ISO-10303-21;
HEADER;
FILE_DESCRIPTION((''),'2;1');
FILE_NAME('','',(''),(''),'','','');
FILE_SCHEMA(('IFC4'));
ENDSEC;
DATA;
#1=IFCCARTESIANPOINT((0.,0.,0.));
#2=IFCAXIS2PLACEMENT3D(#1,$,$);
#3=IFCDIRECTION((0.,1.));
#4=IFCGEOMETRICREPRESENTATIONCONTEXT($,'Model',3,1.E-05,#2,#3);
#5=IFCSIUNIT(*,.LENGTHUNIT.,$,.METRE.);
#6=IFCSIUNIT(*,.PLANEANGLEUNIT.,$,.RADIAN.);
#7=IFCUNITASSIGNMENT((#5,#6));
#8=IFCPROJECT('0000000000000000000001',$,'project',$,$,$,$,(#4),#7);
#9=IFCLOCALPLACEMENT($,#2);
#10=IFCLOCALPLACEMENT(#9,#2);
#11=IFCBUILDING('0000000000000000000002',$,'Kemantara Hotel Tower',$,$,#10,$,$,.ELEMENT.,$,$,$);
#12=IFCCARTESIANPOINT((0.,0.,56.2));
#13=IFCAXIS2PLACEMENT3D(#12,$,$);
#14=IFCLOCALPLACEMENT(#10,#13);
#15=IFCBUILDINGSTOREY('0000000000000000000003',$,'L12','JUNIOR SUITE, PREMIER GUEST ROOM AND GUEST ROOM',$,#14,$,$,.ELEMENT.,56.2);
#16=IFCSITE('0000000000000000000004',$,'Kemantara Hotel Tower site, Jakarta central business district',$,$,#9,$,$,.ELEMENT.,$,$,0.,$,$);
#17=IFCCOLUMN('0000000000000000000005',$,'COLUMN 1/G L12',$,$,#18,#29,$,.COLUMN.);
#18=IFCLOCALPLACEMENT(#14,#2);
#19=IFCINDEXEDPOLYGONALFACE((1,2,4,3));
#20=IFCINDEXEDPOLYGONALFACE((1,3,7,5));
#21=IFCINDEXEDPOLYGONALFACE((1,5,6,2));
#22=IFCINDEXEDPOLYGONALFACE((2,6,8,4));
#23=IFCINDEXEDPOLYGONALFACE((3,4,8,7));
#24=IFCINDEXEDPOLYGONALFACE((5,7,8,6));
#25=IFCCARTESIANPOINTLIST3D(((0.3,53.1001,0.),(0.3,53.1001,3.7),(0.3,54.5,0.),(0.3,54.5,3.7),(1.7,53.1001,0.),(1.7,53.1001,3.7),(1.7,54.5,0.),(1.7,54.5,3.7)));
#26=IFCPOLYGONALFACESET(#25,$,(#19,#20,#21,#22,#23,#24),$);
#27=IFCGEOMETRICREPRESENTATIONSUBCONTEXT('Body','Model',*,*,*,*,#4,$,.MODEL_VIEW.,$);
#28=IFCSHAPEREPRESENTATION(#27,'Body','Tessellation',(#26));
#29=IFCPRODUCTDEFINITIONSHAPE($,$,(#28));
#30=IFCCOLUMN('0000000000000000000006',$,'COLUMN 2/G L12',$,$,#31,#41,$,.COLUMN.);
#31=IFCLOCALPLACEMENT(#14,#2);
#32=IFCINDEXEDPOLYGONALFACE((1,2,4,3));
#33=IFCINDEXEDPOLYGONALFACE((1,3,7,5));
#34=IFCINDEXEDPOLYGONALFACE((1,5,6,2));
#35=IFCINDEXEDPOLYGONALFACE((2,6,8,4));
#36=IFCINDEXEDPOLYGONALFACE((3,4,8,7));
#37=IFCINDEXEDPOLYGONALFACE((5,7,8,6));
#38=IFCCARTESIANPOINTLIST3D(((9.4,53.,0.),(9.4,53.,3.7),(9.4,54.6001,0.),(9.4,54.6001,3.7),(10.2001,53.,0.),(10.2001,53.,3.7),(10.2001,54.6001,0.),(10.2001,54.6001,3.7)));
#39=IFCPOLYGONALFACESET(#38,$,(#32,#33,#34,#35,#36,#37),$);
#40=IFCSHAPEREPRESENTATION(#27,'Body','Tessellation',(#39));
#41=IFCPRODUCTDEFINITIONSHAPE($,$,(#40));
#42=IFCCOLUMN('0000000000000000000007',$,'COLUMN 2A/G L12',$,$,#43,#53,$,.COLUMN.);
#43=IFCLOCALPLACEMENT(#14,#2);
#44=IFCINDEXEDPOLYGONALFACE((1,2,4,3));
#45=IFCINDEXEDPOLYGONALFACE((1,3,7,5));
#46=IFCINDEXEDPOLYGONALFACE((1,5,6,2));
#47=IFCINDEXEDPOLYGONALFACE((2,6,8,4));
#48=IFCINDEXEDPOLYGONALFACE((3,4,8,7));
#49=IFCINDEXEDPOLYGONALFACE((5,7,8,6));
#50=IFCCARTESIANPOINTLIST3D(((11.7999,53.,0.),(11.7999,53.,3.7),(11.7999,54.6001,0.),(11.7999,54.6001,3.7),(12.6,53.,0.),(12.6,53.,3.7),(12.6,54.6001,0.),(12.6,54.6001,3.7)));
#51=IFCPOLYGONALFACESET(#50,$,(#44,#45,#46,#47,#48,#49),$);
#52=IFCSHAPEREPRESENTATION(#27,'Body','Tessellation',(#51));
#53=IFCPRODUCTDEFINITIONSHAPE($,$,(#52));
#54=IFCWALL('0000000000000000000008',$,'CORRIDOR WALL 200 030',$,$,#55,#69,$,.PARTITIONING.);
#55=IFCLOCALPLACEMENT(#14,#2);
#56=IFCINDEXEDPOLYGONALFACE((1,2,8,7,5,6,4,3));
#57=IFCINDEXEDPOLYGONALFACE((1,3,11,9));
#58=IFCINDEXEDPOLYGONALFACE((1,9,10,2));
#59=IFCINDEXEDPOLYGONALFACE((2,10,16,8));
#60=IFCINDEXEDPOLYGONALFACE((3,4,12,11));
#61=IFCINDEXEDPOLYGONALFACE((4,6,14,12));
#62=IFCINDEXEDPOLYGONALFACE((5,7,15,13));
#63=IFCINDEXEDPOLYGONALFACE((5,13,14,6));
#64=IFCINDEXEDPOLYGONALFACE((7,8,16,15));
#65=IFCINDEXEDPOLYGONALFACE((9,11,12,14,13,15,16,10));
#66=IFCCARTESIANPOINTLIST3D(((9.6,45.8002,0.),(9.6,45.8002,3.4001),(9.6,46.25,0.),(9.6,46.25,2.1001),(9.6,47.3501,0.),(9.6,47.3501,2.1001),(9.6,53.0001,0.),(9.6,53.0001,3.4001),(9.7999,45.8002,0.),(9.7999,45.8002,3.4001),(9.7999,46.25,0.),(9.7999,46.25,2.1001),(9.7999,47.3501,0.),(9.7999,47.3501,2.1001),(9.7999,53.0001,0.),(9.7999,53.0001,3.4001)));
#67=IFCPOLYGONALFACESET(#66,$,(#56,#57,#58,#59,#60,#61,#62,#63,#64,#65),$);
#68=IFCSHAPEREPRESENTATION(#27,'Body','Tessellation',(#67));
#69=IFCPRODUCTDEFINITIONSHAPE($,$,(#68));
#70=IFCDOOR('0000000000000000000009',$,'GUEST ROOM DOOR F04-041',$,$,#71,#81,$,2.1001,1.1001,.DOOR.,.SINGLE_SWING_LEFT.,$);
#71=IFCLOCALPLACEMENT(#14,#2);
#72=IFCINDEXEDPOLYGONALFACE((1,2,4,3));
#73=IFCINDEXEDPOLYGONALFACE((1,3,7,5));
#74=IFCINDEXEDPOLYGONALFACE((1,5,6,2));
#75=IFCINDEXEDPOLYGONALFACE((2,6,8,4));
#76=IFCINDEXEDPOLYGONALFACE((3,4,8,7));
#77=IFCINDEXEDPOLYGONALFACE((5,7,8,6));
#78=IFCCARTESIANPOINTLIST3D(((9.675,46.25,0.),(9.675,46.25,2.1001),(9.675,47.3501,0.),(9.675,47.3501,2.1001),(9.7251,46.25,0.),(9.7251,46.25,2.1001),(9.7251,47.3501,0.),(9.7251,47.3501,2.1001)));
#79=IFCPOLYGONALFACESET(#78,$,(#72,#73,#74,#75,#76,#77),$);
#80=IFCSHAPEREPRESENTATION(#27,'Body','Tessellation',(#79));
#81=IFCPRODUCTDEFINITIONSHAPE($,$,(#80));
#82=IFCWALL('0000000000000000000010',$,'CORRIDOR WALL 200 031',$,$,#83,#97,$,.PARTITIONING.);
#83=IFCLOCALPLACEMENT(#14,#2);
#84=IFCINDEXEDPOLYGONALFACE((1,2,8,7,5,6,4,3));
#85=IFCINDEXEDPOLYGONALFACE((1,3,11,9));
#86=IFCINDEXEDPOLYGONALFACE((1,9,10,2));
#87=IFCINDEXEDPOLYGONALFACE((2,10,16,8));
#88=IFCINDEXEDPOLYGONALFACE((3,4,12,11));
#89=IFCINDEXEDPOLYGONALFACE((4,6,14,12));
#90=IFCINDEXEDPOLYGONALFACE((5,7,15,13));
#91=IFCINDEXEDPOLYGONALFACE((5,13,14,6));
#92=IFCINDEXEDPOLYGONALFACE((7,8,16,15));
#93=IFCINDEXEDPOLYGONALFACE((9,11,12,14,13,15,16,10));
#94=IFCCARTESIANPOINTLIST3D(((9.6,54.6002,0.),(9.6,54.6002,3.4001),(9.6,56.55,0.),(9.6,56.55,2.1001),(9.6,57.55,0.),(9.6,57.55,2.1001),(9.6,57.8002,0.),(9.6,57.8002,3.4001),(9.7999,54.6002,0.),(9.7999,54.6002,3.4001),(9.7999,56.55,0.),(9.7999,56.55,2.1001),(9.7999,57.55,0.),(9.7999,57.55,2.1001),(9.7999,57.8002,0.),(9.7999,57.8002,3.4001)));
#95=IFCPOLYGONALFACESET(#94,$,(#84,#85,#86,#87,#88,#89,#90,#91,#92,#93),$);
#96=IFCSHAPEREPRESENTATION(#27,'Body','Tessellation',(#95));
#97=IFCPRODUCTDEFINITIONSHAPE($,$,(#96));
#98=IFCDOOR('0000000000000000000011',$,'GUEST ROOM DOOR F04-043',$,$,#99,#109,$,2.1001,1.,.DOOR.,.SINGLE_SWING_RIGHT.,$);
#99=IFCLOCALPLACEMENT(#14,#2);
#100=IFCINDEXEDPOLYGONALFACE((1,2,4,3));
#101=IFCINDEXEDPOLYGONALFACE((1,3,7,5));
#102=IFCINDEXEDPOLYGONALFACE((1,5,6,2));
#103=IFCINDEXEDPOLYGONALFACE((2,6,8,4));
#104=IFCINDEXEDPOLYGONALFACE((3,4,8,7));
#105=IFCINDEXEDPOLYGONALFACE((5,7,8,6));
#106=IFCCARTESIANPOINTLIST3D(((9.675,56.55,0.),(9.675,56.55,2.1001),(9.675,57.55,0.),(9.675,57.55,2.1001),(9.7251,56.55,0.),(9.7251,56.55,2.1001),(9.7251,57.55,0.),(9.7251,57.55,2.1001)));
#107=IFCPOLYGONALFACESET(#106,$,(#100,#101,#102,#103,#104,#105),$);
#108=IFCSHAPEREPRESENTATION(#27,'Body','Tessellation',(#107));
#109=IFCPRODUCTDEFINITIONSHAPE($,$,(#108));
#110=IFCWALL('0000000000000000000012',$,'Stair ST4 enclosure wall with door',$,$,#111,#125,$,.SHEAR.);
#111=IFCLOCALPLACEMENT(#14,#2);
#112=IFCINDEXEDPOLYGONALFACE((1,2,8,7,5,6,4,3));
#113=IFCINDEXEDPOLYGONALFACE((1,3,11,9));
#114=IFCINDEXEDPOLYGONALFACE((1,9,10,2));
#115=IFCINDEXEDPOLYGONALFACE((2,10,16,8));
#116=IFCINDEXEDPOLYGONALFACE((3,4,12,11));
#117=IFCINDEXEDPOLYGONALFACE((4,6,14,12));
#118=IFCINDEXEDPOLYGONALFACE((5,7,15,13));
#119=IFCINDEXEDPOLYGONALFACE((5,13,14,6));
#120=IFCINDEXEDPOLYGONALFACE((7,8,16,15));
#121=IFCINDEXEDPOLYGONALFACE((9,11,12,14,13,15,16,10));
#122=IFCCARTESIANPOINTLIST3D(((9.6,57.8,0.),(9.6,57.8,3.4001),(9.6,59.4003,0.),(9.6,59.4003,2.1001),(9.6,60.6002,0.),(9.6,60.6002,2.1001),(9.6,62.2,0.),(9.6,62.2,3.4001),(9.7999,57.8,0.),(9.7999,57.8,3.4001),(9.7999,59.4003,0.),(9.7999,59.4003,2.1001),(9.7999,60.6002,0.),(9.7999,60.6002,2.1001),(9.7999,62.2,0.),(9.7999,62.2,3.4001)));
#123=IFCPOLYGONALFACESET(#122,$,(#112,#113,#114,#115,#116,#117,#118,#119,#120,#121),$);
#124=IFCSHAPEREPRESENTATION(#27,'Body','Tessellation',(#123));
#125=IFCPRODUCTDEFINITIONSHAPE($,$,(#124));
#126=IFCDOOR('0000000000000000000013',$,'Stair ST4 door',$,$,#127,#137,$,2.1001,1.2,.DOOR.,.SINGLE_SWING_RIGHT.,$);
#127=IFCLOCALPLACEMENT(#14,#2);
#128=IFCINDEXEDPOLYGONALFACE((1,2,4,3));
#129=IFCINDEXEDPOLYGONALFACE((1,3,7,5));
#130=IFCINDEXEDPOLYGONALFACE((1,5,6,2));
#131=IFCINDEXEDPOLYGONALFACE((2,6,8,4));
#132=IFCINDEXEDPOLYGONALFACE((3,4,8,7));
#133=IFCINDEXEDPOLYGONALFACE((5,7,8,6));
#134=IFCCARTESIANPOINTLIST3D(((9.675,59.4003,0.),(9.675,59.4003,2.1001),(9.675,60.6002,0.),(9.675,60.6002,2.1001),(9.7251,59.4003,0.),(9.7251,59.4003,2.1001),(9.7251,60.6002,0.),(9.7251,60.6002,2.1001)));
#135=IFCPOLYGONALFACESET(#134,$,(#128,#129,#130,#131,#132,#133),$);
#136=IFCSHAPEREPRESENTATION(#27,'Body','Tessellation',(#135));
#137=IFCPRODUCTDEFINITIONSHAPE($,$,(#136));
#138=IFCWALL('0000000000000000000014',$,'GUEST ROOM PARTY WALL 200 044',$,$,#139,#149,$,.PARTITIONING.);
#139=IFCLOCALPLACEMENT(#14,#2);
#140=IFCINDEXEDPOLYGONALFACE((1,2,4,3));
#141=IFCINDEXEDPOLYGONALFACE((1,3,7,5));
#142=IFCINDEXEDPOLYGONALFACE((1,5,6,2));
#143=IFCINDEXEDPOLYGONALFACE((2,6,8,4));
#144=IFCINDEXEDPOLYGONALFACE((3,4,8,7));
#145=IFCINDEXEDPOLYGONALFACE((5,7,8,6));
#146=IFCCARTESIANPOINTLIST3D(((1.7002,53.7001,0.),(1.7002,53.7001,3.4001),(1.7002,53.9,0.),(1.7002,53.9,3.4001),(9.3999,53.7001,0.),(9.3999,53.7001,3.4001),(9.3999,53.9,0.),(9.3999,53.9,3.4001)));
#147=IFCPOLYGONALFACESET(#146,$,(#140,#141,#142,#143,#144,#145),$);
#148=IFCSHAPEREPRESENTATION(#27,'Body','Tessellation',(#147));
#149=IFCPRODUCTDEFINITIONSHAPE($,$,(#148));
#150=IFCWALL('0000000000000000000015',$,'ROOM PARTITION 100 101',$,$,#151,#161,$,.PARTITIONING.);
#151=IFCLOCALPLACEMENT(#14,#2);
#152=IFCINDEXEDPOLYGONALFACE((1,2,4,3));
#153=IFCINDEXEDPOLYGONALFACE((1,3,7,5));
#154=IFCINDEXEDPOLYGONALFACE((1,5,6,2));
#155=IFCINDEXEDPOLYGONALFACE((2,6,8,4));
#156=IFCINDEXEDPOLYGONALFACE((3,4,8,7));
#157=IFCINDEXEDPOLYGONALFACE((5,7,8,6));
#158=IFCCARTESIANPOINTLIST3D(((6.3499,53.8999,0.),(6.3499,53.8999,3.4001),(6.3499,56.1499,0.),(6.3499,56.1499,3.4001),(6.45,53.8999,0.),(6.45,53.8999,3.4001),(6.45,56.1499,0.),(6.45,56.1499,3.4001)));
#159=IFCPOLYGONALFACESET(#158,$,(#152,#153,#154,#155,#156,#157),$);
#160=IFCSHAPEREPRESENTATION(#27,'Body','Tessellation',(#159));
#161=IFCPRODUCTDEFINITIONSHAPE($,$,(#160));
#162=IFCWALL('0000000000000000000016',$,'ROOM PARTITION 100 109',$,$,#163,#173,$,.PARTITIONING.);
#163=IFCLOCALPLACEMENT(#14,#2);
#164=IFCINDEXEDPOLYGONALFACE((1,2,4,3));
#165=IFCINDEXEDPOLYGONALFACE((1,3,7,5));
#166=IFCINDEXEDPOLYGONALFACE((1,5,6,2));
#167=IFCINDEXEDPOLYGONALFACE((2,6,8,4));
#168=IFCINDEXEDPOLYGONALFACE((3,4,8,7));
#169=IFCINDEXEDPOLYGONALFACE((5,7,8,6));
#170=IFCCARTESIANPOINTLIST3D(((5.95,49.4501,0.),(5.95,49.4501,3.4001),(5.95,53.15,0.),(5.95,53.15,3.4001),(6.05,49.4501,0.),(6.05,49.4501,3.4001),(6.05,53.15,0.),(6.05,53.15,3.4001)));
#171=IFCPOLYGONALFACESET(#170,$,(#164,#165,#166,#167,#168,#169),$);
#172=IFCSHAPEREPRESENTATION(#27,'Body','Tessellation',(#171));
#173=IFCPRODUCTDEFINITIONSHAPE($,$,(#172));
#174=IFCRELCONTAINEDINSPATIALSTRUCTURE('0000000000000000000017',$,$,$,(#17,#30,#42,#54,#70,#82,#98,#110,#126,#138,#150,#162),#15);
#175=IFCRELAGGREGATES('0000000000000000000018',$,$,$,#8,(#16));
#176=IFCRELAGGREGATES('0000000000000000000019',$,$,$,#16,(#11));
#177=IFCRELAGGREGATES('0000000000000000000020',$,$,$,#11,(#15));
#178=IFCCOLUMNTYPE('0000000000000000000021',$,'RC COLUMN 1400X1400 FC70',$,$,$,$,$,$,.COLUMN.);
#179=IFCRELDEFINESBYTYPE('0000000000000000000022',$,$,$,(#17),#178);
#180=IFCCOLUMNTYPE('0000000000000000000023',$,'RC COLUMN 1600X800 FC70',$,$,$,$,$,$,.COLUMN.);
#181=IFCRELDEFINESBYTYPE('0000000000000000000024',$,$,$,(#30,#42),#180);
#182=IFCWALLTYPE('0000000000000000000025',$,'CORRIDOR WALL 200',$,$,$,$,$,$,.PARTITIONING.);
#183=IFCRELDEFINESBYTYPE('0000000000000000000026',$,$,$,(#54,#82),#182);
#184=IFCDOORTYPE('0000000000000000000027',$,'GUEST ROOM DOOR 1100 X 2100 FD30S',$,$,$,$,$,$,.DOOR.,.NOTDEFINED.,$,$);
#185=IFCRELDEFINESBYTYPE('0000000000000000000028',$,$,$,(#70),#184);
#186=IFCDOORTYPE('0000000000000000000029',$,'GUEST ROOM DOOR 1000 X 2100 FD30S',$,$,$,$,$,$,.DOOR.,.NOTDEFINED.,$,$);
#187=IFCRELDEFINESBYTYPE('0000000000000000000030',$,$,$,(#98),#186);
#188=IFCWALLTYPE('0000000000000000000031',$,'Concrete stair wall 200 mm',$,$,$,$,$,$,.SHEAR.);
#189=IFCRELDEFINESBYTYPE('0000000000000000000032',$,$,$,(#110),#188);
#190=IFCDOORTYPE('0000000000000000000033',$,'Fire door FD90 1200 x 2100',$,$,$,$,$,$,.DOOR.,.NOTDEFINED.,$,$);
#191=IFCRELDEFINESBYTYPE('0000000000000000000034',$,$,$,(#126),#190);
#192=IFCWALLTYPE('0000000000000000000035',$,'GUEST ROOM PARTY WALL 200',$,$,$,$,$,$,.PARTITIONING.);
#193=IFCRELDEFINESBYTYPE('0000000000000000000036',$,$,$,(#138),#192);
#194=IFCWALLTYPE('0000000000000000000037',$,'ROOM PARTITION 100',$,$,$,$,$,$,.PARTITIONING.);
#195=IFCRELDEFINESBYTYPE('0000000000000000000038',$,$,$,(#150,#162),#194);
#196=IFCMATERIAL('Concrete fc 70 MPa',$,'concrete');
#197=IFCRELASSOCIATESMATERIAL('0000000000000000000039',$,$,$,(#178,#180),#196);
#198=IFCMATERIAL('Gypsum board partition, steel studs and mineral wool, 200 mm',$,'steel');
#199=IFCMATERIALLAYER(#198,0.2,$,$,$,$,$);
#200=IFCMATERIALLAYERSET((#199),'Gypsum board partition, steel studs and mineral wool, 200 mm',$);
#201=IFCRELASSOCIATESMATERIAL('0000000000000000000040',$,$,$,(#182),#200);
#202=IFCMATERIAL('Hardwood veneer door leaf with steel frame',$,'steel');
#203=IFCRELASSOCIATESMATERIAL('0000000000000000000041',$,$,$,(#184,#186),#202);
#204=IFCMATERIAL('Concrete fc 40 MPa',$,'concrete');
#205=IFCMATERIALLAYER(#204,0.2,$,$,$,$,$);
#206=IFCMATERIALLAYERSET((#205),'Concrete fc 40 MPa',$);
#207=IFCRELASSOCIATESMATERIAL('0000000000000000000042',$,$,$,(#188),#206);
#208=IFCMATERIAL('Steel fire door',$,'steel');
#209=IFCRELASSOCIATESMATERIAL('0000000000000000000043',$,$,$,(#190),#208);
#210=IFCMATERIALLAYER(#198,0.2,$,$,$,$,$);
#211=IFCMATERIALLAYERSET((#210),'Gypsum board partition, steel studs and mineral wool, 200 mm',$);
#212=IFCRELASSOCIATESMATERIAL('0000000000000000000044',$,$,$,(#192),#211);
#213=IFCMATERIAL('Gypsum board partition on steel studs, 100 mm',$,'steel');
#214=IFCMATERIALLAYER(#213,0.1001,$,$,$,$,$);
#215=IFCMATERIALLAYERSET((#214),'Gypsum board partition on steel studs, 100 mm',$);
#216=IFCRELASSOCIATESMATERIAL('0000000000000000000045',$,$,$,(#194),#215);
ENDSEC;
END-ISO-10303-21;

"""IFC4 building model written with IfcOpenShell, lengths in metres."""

from ifc_helpers import new_model, si_unit, direction, frame, frame_2d, origin, origin_2d, place, context, subcontext, project, spatial, rectangle, extrude, material, layer, layer_set, material_profile, profile_set, type_object, element, fill, save


model = new_model("IFC4")

# Units and contexts
model_context = context("Model", 3, precision=1e-05, world=origin(), true_north=direction((0.0, 1.0)))
body_context = subcontext(model_context, "Body", "Model", "MODEL_VIEW")
ifc_project = project(units=[si_unit("LENGTHUNIT", "METRE"), si_unit("PLANEANGLEUNIT", "RADIAN")], contexts=[model_context])

# Site, building, storey
site_placement = place(None, origin())
site = spatial("IfcSite", under=ifc_project, at=site_placement, Name="Kemantara Hotel Tower site, Jakarta central business district", CompositionType="ELEMENT", RefElevation=0.0)
building_placement = place(site_placement, origin())
building = spatial("IfcBuilding", under=site, at=building_placement, Name="Kemantara Hotel Tower", CompositionType="ELEMENT")
storey_placement = place(building_placement, frame((0.0, 0.0, 56.2)))
storey = spatial("IfcBuildingStorey", under=building, at=storey_placement, Name="L12", Description="JUNIOR SUITE, PREMIER GUEST ROOM AND GUEST ROOM", CompositionType="ELEMENT", Elevation=56.2)

# Columns
ifc_material_1 = material(Name="Concrete fc 70 MPa", Category="concrete")
ifc_material_profile_1 = material_profile(ifc_material_1, rectangle(XDim=1.3999, YDim=1.3999, at=origin_2d()), Name="RC 1400X1400")
ifc_profile_set_1 = profile_set([ifc_material_profile_1], Name="Concrete fc 70 MPa")
column_type_1 = type_object("IfcColumnType", Name="RC COLUMN 1400X1400 FC70", PredefinedType="COLUMN", material=ifc_profile_set_1)
column_placement = place(storey_placement, frame((1.0, 53.8, 0.0), z_axis=(0.0, 0.0, 1.0), x_axis=(1.0, 0.0, 0.0)))
element("IfcColumn", 1, at=column_placement, inside=storey, type_object=column_type_1, Name="COLUMN 1/G L12", PredefinedType="COLUMN", context=body_context, shape_type="SweptSolid", body=[
    extrude(rectangle(XDim=1.3999, YDim=1.3999, at=origin_2d()), origin(), (0.0, 0.0, 1.0), 3.7),
])
ifc_material_profile_2 = material_profile(ifc_material_1, rectangle(XDim=1.6001, YDim=0.8, at=origin_2d()), Name="RC 1600X800")
ifc_profile_set_2 = profile_set([ifc_material_profile_2], Name="Concrete fc 70 MPa")
column_type_2 = type_object("IfcColumnType", Name="RC COLUMN 1600X800 FC70", PredefinedType="COLUMN", material=ifc_profile_set_2)
for number, where, z_axis, x_axis, name in (
    (2, (9.8, 53.8, 0.0), (0.0, 0.0, 1.0), (0.0, 1.0, 0.0), "COLUMN 2/G L12"),
    (3, (12.2, 53.8, 0.0), (0.0, 0.0, 1.0), (0.0, 1.0, 0.0), "COLUMN 2A/G L12"),
):
    element("IfcColumn", number, at=place(storey_placement, frame(where, z_axis=z_axis, x_axis=x_axis)), inside=storey, type_object=column_type_2, Name=name, PredefinedType="COLUMN", context=body_context, shape_type="SweptSolid", body=[
        extrude(rectangle(XDim=1.6001, YDim=0.8, at=origin_2d()), origin(), (0.0, 0.0, 1.0), 3.7),
    ])

# Walls, openings, doors
ifc_material_2 = material(Name="Gypsum board partition, steel studs and mineral wool, 200 mm", Category="steel")
ifc_layer_1 = layer(ifc_material_2, 0.2)
ifc_layer_set_1 = layer_set([ifc_layer_1], Name="Gypsum board partition, steel studs and mineral wool, 200 mm")
wall_type_1 = type_object("IfcWallType", Name="CORRIDOR WALL 200", PredefinedType="PARTITIONING", material=ifc_layer_set_1)
wall_1_placement = place(storey_placement, frame((9.7, 45.8, 0.0), z_axis=(0.0, 0.0, 1.0), x_axis=(0.0, 1.0, 0.0)))
wall_1 = element("IfcWall", 4, at=wall_1_placement, inside=storey, type_object=wall_type_1, Name="CORRIDOR WALL 200 030", PredefinedType="PARTITIONING", context=body_context, shape_type="SweptSolid", body=[
    extrude(rectangle(XDim=7.2, YDim=0.2, at=frame_2d((3.6001, 0.0))), origin(), (0.0, 0.0, 1.0), 3.4001),
])
opening_1_placement = place(wall_1_placement, frame((0.45, 0.0, 0.0)))
opening_1 = element("IfcOpeningElement", 5, at=opening_1_placement, cuts=wall_1, PredefinedType="OPENING", context=body_context, shape_type="SweptSolid", body=[
    extrude(rectangle(XDim=1.1001, YDim=2.1001, at=frame_2d((0.55, 1.05))), frame((0.0, 0.1099, 0.0), z_axis=(0.0, -1.0, 0.0), x_axis=(1.0, 0.0, 0.0)), (0.0, 0.0, 1.0), 0.22),
])
ifc_material_3 = material(Name="Hardwood veneer door leaf with steel frame", Category="steel")
door_type_1 = type_object("IfcDoorType", Name="GUEST ROOM DOOR 1100 X 2100 FD30S", OperationType="NOTDEFINED", PredefinedType="DOOR", material=ifc_material_3)
door_1_placement = place(opening_1_placement, origin())
door_1 = element("IfcDoor", 6, at=door_1_placement, inside=storey, type_object=door_type_1, Name="GUEST ROOM DOOR F04-041", OperationType="SINGLE_SWING_LEFT", OverallHeight=2.1001, OverallWidth=1.1001, PredefinedType="DOOR", context=body_context, shape_type="SweptSolid", body=[
    extrude(rectangle(XDim=1.1001, YDim=2.1001, at=frame_2d((0.55, 1.05))), frame((0.0, 0.0249, 0.0), z_axis=(0.0, -1.0, 0.0), x_axis=(1.0, 0.0, 0.0)), (0.0, 0.0, 1.0), 0.05),
])
fill(opening_1, door_1)
wall_2_placement = place(storey_placement, frame((9.7, 54.6001, 0.0), z_axis=(0.0, 0.0, 1.0), x_axis=(0.0, 1.0, 0.0)))
wall_2 = element("IfcWall", 7, at=wall_2_placement, inside=storey, type_object=wall_type_1, Name="CORRIDOR WALL 200 031", PredefinedType="PARTITIONING", context=body_context, shape_type="SweptSolid", body=[
    extrude(rectangle(XDim=3.2, YDim=0.2, at=frame_2d((1.6001, 0.0))), origin(), (0.0, 0.0, 1.0), 3.4001),
])
opening_2_placement = place(wall_2_placement, frame((1.95, 0.0, 0.0)))
opening_2 = element("IfcOpeningElement", 8, at=opening_2_placement, cuts=wall_2, PredefinedType="OPENING", context=body_context, shape_type="SweptSolid", body=[
    extrude(rectangle(XDim=1.0, YDim=2.1001, at=frame_2d((0.5, 1.05))), frame((0.0, 0.1099, 0.0), z_axis=(0.0, -1.0, 0.0), x_axis=(1.0, 0.0, 0.0)), (0.0, 0.0, 1.0), 0.22),
])
door_type_2 = type_object("IfcDoorType", Name="GUEST ROOM DOOR 1000 X 2100 FD30S", OperationType="NOTDEFINED", PredefinedType="DOOR", material=ifc_material_3)
door_2_placement = place(opening_2_placement, origin())
door_2 = element("IfcDoor", 9, at=door_2_placement, inside=storey, type_object=door_type_2, Name="GUEST ROOM DOOR F04-043", OperationType="SINGLE_SWING_RIGHT", OverallHeight=2.1001, OverallWidth=1.0, PredefinedType="DOOR", context=body_context, shape_type="SweptSolid", body=[
    extrude(rectangle(XDim=1.0, YDim=2.1001, at=frame_2d((0.5, 1.05))), frame((0.0, 0.0249, 0.0), z_axis=(0.0, -1.0, 0.0), x_axis=(1.0, 0.0, 0.0)), (0.0, 0.0, 1.0), 0.05),
])
fill(opening_2, door_2)
ifc_material_4 = material(Name="Concrete fc 40 MPa", Category="concrete")
ifc_layer_2 = layer(ifc_material_4, 0.2)
ifc_layer_set_2 = layer_set([ifc_layer_2], Name="Concrete fc 40 MPa")
wall_type_2 = type_object("IfcWallType", Name="Concrete stair wall 200 mm", PredefinedType="SHEAR", material=ifc_layer_set_2)
wall_3_placement = place(storey_placement, frame((9.7, 57.8, 0.0), z_axis=(0.0, 0.0, 1.0), x_axis=(0.0, 1.0, 0.0)))
wall_3 = element("IfcWall", 10, at=wall_3_placement, inside=storey, type_object=wall_type_2, Name="Stair ST4 enclosure wall with door", PredefinedType="SHEAR", context=body_context, shape_type="SweptSolid", body=[
    extrude(rectangle(XDim=4.3999, YDim=0.2, at=frame_2d((2.2, 0.0))), origin(), (0.0, 0.0, 1.0), 3.4001),
])
opening_3_placement = place(wall_3_placement, frame((1.6001, 0.0, 0.0)))
opening_3 = element("IfcOpeningElement", 11, at=opening_3_placement, cuts=wall_3, PredefinedType="OPENING", context=body_context, shape_type="SweptSolid", body=[
    extrude(rectangle(XDim=1.2, YDim=2.1001, at=frame_2d((0.6001, 1.05))), frame((0.0, 0.1099, 0.0), z_axis=(0.0, -1.0, 0.0), x_axis=(1.0, 0.0, 0.0)), (0.0, 0.0, 1.0), 0.22),
])
ifc_material_5 = material(Name="Steel fire door", Category="steel")
door_type_3 = type_object("IfcDoorType", Name="Fire door FD90 1200 x 2100", OperationType="NOTDEFINED", PredefinedType="DOOR", material=ifc_material_5)
door_3_placement = place(opening_3_placement, origin())
door_3 = element("IfcDoor", 12, at=door_3_placement, inside=storey, type_object=door_type_3, Name="Stair ST4 door", OperationType="SINGLE_SWING_RIGHT", OverallHeight=2.1001, OverallWidth=1.2, PredefinedType="DOOR", context=body_context, shape_type="SweptSolid", body=[
    extrude(rectangle(XDim=1.2, YDim=2.1001, at=frame_2d((0.6001, 1.05))), frame((0.0, 0.0249, 0.0), z_axis=(0.0, -1.0, 0.0), x_axis=(1.0, 0.0, 0.0)), (0.0, 0.0, 1.0), 0.05),
])
fill(opening_3, door_3)

# Walls
ifc_layer_3 = layer(ifc_material_2, 0.2)
ifc_layer_set_3 = layer_set([ifc_layer_3], Name="Gypsum board partition, steel studs and mineral wool, 200 mm")
wall_type_3 = type_object("IfcWallType", Name="GUEST ROOM PARTY WALL 200", PredefinedType="PARTITIONING", material=ifc_layer_set_3)
wall_4_placement = place(storey_placement, frame((1.7002, 53.8, 0.0), z_axis=(0.0, 0.0, 1.0), x_axis=(1.0, 0.0, 0.0)))
element("IfcWall", 13, at=wall_4_placement, inside=storey, type_object=wall_type_3, Name="GUEST ROOM PARTY WALL 200 044", PredefinedType="PARTITIONING", context=body_context, shape_type="SweptSolid", body=[
    extrude(rectangle(XDim=7.6997, YDim=0.2, at=frame_2d((3.8499, 0.0))), origin(), (0.0, 0.0, 1.0), 3.4001),
])
ifc_material_6 = material(Name="Gypsum board partition on steel studs, 100 mm", Category="steel")
ifc_layer_4 = layer(ifc_material_6, 0.1001)
ifc_layer_set_4 = layer_set([ifc_layer_4], Name="Gypsum board partition on steel studs, 100 mm")
wall_type_4 = type_object("IfcWallType", Name="ROOM PARTITION 100", PredefinedType="PARTITIONING", material=ifc_layer_set_4)
wall_5_placement = place(storey_placement, frame((6.3999, 53.8999, 0.0), z_axis=(0.0, 0.0, 1.0), x_axis=(0.0, 1.0, 0.0)))
element("IfcWall", 14, at=wall_5_placement, inside=storey, type_object=wall_type_4, Name="ROOM PARTITION 100 101", PredefinedType="PARTITIONING", context=body_context, shape_type="SweptSolid", body=[
    extrude(rectangle(XDim=2.25, YDim=0.1001, at=frame_2d((1.125, 0.0))), origin(), (0.0, 0.0, 1.0), 3.4001),
])
wall_6_placement = place(storey_placement, frame((6.0, 49.45, 0.0), z_axis=(0.0, 0.0, 1.0), x_axis=(0.0, 1.0, 0.0)))
element("IfcWall", 15, at=wall_6_placement, inside=storey, type_object=wall_type_4, Name="ROOM PARTITION 100 109", PredefinedType="PARTITIONING", context=body_context, shape_type="SweptSolid", body=[
    extrude(rectangle(XDim=3.7, YDim=0.1001, at=frame_2d((1.8501, 0.0))), origin(), (0.0, 0.0, 1.0), 3.4001),
])

save(model, "model.ifc")
